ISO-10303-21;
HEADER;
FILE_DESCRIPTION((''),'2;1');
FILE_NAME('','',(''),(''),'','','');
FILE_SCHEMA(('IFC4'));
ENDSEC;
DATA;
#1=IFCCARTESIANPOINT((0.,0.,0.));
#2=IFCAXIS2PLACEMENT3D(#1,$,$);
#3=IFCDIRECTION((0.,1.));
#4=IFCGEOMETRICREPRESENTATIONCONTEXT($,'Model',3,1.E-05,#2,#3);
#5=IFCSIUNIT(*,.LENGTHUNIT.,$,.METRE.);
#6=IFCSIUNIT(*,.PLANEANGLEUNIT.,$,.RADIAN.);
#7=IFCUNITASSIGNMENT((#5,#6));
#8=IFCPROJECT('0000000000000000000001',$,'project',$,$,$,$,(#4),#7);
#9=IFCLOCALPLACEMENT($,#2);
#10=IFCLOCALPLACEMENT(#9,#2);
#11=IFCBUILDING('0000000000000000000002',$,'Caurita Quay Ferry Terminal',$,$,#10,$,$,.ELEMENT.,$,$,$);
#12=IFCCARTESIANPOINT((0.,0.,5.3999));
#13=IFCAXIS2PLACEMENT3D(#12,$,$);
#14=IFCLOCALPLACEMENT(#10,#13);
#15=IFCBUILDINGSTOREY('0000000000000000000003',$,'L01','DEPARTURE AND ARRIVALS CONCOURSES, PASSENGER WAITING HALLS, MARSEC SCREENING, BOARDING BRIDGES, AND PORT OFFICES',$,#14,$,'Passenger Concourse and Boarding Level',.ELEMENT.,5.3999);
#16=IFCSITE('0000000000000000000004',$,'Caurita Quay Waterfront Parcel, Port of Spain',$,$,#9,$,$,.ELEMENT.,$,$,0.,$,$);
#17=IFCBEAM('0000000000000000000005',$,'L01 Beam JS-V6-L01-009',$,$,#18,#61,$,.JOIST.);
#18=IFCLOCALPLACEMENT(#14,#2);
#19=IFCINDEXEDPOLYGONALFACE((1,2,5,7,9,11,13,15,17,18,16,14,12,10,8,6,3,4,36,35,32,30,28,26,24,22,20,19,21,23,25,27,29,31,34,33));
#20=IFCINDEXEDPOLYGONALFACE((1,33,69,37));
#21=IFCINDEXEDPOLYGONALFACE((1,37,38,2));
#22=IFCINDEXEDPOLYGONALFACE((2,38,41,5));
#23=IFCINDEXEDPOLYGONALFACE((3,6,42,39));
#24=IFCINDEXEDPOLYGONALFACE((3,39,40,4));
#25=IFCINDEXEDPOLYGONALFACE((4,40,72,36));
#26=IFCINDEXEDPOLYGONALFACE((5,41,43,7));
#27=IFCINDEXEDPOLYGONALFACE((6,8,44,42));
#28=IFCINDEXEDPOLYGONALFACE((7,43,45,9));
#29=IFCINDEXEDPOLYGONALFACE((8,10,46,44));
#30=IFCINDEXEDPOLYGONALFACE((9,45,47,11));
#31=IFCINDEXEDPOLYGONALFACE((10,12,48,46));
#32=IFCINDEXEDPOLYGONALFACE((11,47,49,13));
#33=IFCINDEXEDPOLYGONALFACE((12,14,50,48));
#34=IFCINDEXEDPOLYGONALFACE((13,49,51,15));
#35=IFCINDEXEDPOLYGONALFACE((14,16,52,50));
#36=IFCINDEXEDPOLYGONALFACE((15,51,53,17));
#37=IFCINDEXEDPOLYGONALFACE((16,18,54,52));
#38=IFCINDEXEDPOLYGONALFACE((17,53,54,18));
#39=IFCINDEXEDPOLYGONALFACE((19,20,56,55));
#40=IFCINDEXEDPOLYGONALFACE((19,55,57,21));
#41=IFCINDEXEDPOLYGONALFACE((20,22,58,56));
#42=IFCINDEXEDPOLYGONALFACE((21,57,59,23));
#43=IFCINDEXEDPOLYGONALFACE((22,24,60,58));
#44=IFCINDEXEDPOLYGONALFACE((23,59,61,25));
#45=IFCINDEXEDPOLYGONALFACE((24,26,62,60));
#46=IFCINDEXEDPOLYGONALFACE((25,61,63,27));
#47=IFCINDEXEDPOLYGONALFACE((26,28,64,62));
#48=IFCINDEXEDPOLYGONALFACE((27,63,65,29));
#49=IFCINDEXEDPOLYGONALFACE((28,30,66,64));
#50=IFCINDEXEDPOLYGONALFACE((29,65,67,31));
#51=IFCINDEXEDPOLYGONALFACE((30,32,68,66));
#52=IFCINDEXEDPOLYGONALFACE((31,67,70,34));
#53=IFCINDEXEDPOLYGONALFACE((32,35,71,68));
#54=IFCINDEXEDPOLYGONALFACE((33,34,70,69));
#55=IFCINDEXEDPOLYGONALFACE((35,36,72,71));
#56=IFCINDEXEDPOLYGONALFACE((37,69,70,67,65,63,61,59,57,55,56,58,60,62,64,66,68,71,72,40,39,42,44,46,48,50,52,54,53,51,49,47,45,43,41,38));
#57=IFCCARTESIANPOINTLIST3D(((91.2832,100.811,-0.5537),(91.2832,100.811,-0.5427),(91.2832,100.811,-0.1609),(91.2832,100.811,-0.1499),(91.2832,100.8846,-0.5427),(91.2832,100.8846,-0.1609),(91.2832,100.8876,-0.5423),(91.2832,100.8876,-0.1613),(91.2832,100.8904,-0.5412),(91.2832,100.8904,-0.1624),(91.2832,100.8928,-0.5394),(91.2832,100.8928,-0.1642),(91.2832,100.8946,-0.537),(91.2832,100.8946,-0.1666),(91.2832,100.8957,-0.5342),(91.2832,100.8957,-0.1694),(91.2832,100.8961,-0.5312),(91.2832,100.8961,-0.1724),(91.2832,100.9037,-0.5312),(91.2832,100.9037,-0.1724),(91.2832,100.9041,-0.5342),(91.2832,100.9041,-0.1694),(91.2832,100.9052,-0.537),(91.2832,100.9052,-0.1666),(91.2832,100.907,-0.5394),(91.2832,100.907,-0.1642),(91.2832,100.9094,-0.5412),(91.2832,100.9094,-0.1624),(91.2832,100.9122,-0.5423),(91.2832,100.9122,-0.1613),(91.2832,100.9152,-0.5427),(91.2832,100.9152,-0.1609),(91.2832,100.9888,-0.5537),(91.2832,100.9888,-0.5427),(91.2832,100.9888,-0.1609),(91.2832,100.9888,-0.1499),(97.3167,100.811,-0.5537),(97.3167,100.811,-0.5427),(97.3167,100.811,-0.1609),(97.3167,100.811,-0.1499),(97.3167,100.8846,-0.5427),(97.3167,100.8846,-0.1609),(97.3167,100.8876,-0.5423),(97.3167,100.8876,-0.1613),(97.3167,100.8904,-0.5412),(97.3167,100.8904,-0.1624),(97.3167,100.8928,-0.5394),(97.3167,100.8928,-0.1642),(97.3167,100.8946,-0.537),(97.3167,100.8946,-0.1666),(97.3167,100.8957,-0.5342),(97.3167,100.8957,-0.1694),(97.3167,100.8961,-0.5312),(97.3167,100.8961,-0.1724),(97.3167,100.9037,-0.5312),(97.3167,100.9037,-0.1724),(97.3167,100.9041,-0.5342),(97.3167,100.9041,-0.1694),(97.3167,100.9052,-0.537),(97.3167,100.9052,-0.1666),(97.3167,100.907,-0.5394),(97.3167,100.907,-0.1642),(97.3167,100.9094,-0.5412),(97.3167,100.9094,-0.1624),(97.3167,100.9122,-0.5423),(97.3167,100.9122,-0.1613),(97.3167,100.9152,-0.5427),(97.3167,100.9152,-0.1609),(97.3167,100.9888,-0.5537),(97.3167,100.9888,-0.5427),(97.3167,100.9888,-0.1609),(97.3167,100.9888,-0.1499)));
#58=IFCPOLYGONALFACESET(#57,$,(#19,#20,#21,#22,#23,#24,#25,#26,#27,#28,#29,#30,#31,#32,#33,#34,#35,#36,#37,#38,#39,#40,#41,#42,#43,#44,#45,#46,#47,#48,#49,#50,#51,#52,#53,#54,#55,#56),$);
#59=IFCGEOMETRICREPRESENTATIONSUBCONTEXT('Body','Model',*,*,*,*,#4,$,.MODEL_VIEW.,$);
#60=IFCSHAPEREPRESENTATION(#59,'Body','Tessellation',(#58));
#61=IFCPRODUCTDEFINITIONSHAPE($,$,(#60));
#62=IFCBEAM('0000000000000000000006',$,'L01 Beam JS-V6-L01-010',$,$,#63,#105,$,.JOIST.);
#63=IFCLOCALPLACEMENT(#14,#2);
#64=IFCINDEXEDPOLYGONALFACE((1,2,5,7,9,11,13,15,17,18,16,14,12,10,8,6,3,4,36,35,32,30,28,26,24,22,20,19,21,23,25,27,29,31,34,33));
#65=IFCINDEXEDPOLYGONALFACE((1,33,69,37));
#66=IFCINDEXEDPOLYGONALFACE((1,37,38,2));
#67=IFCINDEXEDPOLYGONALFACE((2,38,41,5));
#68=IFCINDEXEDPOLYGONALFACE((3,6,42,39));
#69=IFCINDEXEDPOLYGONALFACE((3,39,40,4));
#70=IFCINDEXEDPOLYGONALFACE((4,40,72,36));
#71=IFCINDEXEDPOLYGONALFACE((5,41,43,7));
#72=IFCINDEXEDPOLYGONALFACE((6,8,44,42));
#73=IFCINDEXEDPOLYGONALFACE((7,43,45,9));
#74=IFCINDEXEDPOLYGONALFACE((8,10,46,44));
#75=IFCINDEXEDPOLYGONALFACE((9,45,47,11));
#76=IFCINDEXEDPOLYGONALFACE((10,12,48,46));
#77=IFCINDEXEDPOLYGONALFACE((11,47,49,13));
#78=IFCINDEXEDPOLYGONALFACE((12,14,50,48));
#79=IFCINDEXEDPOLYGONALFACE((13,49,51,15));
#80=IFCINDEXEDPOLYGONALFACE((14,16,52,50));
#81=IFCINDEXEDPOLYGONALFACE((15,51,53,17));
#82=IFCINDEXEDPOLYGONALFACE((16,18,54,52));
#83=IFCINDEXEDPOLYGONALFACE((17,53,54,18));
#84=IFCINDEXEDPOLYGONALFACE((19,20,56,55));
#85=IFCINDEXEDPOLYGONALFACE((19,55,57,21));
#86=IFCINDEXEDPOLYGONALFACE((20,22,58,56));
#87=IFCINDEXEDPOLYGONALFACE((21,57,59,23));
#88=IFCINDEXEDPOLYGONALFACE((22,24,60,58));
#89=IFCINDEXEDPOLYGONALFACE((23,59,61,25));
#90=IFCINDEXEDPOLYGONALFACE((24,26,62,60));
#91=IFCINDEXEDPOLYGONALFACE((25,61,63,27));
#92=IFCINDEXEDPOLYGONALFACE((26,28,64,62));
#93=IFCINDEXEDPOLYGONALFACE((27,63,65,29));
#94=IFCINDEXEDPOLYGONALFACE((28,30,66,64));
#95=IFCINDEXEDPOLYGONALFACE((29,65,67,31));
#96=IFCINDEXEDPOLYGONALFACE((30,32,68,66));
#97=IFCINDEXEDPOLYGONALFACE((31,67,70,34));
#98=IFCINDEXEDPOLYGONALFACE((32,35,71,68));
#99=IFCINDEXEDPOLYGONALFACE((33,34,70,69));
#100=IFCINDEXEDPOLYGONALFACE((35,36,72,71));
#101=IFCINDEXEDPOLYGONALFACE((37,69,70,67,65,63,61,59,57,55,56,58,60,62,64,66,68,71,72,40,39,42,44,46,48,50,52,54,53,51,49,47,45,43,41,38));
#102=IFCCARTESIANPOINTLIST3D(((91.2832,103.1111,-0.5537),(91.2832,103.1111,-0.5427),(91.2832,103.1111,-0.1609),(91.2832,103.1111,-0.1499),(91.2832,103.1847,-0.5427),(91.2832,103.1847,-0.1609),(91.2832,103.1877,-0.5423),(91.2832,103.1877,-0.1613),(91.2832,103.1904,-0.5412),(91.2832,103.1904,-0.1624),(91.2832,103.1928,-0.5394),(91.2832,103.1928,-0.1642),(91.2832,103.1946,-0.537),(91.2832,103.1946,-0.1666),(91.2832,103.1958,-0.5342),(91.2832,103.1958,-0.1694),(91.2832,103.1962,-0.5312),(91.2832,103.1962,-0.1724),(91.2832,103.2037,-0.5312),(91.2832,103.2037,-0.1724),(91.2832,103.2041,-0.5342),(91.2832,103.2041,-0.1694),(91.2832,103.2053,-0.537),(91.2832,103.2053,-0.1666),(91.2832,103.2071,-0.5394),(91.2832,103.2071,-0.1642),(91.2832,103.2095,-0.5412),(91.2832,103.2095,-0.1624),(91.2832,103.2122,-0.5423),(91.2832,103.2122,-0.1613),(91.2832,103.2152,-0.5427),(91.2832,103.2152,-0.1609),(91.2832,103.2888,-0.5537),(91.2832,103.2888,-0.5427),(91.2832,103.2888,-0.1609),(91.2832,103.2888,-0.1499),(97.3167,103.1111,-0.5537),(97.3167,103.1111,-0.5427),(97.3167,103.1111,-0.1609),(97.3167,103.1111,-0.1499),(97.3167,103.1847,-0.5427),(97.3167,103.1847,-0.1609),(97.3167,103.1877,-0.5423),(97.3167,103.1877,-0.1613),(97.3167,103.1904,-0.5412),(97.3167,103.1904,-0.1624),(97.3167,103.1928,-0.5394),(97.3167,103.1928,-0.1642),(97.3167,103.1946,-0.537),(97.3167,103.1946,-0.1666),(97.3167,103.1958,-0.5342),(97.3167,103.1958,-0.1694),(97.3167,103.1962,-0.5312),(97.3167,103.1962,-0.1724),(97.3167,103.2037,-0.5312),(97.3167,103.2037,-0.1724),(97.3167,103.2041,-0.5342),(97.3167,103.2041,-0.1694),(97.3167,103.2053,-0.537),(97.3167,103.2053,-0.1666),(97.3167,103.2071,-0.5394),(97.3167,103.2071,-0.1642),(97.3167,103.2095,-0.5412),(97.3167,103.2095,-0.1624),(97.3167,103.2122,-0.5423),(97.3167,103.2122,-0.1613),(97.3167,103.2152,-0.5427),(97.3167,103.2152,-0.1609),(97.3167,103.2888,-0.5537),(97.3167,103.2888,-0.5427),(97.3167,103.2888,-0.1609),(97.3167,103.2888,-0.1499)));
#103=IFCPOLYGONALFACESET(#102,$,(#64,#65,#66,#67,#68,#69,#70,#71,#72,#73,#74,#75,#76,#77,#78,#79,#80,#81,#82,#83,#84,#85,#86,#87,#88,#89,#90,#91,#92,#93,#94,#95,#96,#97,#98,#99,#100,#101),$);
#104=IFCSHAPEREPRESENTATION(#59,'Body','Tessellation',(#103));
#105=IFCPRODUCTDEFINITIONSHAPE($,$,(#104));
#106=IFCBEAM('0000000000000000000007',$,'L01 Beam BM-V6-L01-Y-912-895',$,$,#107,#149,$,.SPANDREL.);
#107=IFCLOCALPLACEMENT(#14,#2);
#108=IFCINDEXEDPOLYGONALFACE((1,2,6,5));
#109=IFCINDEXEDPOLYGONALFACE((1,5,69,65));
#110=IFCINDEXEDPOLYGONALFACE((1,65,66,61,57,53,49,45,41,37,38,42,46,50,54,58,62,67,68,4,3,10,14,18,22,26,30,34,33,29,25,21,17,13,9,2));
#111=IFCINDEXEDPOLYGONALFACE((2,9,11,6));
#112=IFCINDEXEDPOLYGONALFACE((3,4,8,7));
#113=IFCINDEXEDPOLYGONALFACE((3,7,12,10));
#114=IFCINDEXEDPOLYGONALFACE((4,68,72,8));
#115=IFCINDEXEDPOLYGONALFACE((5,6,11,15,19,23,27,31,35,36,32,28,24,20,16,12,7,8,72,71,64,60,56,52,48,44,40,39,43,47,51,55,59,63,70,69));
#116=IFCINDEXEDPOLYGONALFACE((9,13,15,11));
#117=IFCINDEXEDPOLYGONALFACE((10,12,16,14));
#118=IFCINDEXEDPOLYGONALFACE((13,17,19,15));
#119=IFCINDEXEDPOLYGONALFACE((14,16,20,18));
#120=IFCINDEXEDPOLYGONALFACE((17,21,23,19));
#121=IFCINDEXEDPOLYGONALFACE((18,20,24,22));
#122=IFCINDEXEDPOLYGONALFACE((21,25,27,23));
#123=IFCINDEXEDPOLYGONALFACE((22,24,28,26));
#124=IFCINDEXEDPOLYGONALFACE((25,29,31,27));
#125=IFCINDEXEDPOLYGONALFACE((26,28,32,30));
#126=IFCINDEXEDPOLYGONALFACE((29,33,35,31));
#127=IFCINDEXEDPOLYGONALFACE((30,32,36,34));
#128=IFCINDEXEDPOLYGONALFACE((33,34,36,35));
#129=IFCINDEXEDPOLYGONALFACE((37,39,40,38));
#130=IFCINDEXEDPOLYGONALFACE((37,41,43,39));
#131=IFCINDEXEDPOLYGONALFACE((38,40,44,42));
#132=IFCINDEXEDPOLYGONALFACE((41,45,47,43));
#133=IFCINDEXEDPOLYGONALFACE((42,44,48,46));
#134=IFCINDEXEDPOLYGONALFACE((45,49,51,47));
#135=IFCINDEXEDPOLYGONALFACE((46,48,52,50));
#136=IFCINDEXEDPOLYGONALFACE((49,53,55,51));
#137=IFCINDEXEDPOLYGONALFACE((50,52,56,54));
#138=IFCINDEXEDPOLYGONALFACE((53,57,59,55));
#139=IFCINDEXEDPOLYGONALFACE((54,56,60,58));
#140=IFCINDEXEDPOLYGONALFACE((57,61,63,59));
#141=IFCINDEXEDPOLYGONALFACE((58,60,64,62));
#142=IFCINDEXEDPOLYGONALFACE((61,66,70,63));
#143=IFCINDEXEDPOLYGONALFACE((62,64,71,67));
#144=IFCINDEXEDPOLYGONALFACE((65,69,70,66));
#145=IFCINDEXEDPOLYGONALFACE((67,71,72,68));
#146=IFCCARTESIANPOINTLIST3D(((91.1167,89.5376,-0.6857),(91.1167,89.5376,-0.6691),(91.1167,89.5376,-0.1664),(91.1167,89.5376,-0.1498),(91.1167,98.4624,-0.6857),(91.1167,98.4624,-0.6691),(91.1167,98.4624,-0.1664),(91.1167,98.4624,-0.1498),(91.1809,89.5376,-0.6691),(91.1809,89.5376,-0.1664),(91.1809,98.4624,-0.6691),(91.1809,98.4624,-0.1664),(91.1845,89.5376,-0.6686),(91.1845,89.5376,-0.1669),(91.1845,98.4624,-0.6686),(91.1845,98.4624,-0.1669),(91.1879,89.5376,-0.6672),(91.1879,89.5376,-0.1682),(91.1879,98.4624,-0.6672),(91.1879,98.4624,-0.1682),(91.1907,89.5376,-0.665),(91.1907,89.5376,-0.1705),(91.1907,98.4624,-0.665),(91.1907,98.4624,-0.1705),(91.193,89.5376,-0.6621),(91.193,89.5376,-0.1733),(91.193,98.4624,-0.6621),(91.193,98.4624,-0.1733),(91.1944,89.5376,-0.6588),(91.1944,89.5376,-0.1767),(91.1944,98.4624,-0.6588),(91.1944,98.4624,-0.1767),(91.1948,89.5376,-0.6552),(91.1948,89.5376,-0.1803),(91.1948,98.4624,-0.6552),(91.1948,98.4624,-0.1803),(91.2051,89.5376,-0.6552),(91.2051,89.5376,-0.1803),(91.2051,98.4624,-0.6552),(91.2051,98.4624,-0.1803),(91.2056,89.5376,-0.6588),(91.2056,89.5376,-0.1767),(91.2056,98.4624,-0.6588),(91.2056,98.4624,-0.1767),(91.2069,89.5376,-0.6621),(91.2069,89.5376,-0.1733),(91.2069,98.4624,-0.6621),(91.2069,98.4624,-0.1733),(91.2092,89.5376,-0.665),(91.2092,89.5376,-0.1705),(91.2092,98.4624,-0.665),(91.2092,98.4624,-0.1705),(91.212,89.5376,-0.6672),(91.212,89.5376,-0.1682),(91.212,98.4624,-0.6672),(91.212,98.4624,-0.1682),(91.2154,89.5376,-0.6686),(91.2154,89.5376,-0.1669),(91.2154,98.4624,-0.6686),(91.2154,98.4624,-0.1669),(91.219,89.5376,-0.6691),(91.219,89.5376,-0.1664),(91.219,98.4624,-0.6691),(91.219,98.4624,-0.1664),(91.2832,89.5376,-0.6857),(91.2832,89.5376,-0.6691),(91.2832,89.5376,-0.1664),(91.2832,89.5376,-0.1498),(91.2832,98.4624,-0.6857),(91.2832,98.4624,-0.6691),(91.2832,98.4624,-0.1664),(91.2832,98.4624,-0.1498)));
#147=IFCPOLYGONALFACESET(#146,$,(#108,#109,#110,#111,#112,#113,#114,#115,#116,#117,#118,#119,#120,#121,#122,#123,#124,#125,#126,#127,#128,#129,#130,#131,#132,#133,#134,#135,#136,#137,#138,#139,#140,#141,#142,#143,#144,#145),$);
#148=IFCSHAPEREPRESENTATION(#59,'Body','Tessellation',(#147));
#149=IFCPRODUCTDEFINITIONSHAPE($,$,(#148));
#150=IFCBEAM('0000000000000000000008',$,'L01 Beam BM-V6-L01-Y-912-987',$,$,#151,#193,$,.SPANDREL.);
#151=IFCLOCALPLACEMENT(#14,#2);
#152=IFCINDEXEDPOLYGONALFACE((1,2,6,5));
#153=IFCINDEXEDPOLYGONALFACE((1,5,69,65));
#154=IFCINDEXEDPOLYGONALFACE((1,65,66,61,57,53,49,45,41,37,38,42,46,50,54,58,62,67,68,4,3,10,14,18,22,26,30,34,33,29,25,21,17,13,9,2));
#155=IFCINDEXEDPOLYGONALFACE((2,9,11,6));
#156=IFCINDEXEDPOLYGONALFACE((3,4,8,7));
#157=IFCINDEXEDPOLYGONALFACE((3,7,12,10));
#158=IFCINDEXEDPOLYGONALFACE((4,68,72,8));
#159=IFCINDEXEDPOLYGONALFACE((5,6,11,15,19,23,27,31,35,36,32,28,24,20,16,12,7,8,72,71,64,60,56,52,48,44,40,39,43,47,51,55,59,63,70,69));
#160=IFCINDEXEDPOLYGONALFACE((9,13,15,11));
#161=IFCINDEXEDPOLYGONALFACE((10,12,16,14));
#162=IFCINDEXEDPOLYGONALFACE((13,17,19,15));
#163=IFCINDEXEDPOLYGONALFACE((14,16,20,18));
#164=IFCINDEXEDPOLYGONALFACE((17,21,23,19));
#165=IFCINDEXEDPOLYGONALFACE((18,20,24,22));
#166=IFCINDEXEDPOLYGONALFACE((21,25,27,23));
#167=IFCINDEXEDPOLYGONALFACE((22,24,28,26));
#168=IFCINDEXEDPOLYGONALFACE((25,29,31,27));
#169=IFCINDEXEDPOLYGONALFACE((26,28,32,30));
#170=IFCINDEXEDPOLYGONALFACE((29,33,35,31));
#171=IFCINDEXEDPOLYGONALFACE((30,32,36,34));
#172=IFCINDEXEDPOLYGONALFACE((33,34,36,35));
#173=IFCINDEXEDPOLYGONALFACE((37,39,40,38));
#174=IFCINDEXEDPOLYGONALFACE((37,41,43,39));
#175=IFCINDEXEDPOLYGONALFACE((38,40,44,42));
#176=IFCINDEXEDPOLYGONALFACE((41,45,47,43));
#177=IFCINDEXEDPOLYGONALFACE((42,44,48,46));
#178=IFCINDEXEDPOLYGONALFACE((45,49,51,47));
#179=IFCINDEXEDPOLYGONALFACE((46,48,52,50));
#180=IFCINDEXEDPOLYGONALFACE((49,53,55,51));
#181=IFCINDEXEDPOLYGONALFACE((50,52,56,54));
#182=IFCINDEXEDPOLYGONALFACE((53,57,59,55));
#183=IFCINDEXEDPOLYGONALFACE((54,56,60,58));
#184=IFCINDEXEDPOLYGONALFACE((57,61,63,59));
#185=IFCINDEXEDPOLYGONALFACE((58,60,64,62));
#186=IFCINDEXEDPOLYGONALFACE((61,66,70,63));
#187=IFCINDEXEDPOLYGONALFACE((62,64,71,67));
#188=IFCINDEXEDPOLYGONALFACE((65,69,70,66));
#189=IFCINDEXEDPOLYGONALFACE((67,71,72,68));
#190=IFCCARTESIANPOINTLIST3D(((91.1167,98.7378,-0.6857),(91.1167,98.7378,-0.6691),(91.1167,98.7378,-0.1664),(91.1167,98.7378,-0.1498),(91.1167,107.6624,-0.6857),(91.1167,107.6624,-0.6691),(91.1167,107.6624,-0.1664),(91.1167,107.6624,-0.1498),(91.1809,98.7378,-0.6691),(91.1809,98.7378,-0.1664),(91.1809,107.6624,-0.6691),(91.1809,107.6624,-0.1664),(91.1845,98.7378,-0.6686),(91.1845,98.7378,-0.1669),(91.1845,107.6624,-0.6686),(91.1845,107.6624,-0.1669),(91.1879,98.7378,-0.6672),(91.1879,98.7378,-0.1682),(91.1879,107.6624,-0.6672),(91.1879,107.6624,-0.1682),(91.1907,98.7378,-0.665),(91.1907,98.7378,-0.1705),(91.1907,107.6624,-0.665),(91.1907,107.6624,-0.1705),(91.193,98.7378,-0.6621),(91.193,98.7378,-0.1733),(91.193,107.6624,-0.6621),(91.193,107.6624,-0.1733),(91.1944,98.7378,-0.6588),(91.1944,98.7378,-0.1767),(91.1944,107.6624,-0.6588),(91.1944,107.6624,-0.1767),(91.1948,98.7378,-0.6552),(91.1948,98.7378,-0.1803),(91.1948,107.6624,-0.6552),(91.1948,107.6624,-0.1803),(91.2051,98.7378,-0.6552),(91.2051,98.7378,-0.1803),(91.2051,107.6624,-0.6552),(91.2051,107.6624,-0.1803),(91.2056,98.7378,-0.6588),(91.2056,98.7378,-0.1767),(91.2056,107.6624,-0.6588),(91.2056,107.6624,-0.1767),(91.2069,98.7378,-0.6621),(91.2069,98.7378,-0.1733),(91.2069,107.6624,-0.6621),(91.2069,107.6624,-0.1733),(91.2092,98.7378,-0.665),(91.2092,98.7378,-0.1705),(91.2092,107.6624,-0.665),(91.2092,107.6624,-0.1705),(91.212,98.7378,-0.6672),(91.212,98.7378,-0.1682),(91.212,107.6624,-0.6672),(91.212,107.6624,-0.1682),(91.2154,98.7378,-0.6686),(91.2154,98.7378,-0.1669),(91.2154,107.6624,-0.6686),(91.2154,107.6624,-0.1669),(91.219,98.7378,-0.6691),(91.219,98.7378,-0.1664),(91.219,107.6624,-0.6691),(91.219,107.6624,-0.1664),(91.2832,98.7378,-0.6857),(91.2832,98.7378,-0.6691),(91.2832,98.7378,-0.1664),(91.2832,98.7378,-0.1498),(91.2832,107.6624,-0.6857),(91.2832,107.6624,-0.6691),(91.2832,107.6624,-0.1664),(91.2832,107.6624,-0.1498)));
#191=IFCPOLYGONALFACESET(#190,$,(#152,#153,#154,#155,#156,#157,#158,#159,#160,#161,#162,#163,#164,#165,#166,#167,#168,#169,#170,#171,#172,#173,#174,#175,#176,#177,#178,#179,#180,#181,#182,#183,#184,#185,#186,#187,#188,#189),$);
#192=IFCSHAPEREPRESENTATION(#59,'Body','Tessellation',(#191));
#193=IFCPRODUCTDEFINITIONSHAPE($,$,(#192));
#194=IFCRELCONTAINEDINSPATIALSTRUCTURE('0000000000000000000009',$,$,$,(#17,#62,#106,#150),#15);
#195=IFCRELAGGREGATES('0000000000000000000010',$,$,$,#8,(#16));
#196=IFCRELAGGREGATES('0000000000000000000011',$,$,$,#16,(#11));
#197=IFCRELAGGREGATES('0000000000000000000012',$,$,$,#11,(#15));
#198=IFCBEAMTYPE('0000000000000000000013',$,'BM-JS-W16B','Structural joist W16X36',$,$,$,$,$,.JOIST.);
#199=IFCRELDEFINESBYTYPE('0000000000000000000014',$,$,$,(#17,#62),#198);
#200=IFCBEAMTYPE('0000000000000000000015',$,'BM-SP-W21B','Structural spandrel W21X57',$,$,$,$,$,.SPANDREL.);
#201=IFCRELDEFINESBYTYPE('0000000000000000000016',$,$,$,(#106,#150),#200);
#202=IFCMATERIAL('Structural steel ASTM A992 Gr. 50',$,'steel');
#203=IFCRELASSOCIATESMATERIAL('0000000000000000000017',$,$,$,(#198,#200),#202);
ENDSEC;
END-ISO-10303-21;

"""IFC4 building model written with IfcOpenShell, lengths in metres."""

from ifc_helpers import new_model, si_unit, direction, frame, origin, origin_2d, place, context, subcontext, project, spatial, i_section, extrude, material, material_profile, profile_set, type_object, element, save


model = new_model("IFC4")

# Units and contexts
model_context = context("Model", 3, precision=1e-05, world=origin(), true_north=direction((0.0, 1.0)))
body_context = subcontext(model_context, "Body", "Model", "MODEL_VIEW")
ifc_project = project(units=[si_unit("LENGTHUNIT", "METRE"), si_unit("PLANEANGLEUNIT", "RADIAN")], contexts=[model_context])

# Site, building, storey
site_placement = place(None, origin())
site = spatial("IfcSite", under=ifc_project, at=site_placement, Name="Caurita Quay Waterfront Parcel, Port of Spain", CompositionType="ELEMENT", RefElevation=0.0)
building_placement = place(site_placement, origin())
building = spatial("IfcBuilding", under=site, at=building_placement, Name="Caurita Quay Ferry Terminal", CompositionType="ELEMENT")
storey_placement = place(building_placement, frame((0.0, 0.0, 5.3999)))
storey = spatial("IfcBuildingStorey", under=building, at=storey_placement, Name="L01", Description="DEPARTURE AND ARRIVALS CONCOURSES, PASSENGER WAITING HALLS, MARSEC SCREENING, BOARDING BRIDGES, AND PORT OFFICES", LongName="Passenger Concourse and Boarding Level", CompositionType="ELEMENT", Elevation=5.3999)

# Beams
ifc_material_1 = material(Name="Structural steel ASTM A992 Gr. 50", Category="steel")
ifc_material_profile_1 = material_profile(ifc_material_1, i_section(OverallWidth=0.1777, OverallDepth=0.4038, WebThickness=0.0076, FlangeThickness=0.011, FilletRadius=0.0115, at=origin_2d()), Name="W16X36")
ifc_profile_set_1 = profile_set([ifc_material_profile_1], Name="Structural steel ASTM A992 Gr. 50")
beam_type_1 = type_object("IfcBeamType", Name="BM-JS-W16B", Description="Structural joist W16X36", PredefinedType="JOIST", material=ifc_profile_set_1)
for number, where, z_axis, x_axis, name in (
    (1, (91.2832, 100.8999, -0.3518), (1.0, 0.0, 0.0), (0.0, 1.0, 0.0), "L01 Beam JS-V6-L01-009"),
    (2, (91.2832, 103.2, -0.3518), (1.0, 0.0, 0.0), (0.0, 1.0, 0.0), "L01 Beam JS-V6-L01-010"),
):
    element("IfcBeam", number, at=place(storey_placement, frame(where, z_axis=z_axis, x_axis=x_axis)), inside=storey, type_object=beam_type_1, Name=name, PredefinedType="JOIST", context=body_context, shape_type="SweptSolid", body=[
        extrude(i_section(OverallWidth=0.1777, OverallDepth=0.4038, WebThickness=0.0076, FlangeThickness=0.011, FilletRadius=0.0115, at=origin_2d()), origin(), (0.0, 0.0, 1.0), 6.0334),
    ])
ifc_material_profile_2 = material_profile(ifc_material_1, i_section(OverallWidth=0.1665, OverallDepth=0.5359, WebThickness=0.0103, FlangeThickness=0.0166, FilletRadius=0.0139, at=origin_2d()), Name="W21X57")
ifc_profile_set_2 = profile_set([ifc_material_profile_2], Name="Structural steel ASTM A992 Gr. 50")
beam_type_2 = type_object("IfcBeamType", Name="BM-SP-W21B", Description="Structural spandrel W21X57", PredefinedType="SPANDREL", material=ifc_profile_set_2)
beam_1_placement = place(storey_placement, frame((91.2, 89.5376, -0.4177), z_axis=(0.0, 1.0, 0.0), x_axis=(-1.0, 0.0, 0.0)))
element("IfcBeam", 3, at=beam_1_placement, inside=storey, type_object=beam_type_2, Name="L01 Beam BM-V6-L01-Y-912-895", PredefinedType="SPANDREL", context=body_context, shape_type="SweptSolid", body=[
    extrude(i_section(OverallWidth=0.1665, OverallDepth=0.5359, WebThickness=0.0103, FlangeThickness=0.0166, FilletRadius=0.0139, at=origin_2d()), origin(), (0.0, 0.0, 1.0), 8.9248),
])
beam_2_placement = place(storey_placement, frame((91.2, 98.7378, -0.4177), z_axis=(0.0, 1.0, 0.0), x_axis=(-1.0, 0.0, 0.0)))
element("IfcBeam", 4, at=beam_2_placement, inside=storey, type_object=beam_type_2, Name="L01 Beam BM-V6-L01-Y-912-987", PredefinedType="SPANDREL", context=body_context, shape_type="SweptSolid", body=[
    extrude(i_section(OverallWidth=0.1665, OverallDepth=0.5359, WebThickness=0.0103, FlangeThickness=0.0166, FilletRadius=0.0139, at=origin_2d()), origin(), (0.0, 0.0, 1.0), 8.9246),
])

save(model, "model.ifc")
